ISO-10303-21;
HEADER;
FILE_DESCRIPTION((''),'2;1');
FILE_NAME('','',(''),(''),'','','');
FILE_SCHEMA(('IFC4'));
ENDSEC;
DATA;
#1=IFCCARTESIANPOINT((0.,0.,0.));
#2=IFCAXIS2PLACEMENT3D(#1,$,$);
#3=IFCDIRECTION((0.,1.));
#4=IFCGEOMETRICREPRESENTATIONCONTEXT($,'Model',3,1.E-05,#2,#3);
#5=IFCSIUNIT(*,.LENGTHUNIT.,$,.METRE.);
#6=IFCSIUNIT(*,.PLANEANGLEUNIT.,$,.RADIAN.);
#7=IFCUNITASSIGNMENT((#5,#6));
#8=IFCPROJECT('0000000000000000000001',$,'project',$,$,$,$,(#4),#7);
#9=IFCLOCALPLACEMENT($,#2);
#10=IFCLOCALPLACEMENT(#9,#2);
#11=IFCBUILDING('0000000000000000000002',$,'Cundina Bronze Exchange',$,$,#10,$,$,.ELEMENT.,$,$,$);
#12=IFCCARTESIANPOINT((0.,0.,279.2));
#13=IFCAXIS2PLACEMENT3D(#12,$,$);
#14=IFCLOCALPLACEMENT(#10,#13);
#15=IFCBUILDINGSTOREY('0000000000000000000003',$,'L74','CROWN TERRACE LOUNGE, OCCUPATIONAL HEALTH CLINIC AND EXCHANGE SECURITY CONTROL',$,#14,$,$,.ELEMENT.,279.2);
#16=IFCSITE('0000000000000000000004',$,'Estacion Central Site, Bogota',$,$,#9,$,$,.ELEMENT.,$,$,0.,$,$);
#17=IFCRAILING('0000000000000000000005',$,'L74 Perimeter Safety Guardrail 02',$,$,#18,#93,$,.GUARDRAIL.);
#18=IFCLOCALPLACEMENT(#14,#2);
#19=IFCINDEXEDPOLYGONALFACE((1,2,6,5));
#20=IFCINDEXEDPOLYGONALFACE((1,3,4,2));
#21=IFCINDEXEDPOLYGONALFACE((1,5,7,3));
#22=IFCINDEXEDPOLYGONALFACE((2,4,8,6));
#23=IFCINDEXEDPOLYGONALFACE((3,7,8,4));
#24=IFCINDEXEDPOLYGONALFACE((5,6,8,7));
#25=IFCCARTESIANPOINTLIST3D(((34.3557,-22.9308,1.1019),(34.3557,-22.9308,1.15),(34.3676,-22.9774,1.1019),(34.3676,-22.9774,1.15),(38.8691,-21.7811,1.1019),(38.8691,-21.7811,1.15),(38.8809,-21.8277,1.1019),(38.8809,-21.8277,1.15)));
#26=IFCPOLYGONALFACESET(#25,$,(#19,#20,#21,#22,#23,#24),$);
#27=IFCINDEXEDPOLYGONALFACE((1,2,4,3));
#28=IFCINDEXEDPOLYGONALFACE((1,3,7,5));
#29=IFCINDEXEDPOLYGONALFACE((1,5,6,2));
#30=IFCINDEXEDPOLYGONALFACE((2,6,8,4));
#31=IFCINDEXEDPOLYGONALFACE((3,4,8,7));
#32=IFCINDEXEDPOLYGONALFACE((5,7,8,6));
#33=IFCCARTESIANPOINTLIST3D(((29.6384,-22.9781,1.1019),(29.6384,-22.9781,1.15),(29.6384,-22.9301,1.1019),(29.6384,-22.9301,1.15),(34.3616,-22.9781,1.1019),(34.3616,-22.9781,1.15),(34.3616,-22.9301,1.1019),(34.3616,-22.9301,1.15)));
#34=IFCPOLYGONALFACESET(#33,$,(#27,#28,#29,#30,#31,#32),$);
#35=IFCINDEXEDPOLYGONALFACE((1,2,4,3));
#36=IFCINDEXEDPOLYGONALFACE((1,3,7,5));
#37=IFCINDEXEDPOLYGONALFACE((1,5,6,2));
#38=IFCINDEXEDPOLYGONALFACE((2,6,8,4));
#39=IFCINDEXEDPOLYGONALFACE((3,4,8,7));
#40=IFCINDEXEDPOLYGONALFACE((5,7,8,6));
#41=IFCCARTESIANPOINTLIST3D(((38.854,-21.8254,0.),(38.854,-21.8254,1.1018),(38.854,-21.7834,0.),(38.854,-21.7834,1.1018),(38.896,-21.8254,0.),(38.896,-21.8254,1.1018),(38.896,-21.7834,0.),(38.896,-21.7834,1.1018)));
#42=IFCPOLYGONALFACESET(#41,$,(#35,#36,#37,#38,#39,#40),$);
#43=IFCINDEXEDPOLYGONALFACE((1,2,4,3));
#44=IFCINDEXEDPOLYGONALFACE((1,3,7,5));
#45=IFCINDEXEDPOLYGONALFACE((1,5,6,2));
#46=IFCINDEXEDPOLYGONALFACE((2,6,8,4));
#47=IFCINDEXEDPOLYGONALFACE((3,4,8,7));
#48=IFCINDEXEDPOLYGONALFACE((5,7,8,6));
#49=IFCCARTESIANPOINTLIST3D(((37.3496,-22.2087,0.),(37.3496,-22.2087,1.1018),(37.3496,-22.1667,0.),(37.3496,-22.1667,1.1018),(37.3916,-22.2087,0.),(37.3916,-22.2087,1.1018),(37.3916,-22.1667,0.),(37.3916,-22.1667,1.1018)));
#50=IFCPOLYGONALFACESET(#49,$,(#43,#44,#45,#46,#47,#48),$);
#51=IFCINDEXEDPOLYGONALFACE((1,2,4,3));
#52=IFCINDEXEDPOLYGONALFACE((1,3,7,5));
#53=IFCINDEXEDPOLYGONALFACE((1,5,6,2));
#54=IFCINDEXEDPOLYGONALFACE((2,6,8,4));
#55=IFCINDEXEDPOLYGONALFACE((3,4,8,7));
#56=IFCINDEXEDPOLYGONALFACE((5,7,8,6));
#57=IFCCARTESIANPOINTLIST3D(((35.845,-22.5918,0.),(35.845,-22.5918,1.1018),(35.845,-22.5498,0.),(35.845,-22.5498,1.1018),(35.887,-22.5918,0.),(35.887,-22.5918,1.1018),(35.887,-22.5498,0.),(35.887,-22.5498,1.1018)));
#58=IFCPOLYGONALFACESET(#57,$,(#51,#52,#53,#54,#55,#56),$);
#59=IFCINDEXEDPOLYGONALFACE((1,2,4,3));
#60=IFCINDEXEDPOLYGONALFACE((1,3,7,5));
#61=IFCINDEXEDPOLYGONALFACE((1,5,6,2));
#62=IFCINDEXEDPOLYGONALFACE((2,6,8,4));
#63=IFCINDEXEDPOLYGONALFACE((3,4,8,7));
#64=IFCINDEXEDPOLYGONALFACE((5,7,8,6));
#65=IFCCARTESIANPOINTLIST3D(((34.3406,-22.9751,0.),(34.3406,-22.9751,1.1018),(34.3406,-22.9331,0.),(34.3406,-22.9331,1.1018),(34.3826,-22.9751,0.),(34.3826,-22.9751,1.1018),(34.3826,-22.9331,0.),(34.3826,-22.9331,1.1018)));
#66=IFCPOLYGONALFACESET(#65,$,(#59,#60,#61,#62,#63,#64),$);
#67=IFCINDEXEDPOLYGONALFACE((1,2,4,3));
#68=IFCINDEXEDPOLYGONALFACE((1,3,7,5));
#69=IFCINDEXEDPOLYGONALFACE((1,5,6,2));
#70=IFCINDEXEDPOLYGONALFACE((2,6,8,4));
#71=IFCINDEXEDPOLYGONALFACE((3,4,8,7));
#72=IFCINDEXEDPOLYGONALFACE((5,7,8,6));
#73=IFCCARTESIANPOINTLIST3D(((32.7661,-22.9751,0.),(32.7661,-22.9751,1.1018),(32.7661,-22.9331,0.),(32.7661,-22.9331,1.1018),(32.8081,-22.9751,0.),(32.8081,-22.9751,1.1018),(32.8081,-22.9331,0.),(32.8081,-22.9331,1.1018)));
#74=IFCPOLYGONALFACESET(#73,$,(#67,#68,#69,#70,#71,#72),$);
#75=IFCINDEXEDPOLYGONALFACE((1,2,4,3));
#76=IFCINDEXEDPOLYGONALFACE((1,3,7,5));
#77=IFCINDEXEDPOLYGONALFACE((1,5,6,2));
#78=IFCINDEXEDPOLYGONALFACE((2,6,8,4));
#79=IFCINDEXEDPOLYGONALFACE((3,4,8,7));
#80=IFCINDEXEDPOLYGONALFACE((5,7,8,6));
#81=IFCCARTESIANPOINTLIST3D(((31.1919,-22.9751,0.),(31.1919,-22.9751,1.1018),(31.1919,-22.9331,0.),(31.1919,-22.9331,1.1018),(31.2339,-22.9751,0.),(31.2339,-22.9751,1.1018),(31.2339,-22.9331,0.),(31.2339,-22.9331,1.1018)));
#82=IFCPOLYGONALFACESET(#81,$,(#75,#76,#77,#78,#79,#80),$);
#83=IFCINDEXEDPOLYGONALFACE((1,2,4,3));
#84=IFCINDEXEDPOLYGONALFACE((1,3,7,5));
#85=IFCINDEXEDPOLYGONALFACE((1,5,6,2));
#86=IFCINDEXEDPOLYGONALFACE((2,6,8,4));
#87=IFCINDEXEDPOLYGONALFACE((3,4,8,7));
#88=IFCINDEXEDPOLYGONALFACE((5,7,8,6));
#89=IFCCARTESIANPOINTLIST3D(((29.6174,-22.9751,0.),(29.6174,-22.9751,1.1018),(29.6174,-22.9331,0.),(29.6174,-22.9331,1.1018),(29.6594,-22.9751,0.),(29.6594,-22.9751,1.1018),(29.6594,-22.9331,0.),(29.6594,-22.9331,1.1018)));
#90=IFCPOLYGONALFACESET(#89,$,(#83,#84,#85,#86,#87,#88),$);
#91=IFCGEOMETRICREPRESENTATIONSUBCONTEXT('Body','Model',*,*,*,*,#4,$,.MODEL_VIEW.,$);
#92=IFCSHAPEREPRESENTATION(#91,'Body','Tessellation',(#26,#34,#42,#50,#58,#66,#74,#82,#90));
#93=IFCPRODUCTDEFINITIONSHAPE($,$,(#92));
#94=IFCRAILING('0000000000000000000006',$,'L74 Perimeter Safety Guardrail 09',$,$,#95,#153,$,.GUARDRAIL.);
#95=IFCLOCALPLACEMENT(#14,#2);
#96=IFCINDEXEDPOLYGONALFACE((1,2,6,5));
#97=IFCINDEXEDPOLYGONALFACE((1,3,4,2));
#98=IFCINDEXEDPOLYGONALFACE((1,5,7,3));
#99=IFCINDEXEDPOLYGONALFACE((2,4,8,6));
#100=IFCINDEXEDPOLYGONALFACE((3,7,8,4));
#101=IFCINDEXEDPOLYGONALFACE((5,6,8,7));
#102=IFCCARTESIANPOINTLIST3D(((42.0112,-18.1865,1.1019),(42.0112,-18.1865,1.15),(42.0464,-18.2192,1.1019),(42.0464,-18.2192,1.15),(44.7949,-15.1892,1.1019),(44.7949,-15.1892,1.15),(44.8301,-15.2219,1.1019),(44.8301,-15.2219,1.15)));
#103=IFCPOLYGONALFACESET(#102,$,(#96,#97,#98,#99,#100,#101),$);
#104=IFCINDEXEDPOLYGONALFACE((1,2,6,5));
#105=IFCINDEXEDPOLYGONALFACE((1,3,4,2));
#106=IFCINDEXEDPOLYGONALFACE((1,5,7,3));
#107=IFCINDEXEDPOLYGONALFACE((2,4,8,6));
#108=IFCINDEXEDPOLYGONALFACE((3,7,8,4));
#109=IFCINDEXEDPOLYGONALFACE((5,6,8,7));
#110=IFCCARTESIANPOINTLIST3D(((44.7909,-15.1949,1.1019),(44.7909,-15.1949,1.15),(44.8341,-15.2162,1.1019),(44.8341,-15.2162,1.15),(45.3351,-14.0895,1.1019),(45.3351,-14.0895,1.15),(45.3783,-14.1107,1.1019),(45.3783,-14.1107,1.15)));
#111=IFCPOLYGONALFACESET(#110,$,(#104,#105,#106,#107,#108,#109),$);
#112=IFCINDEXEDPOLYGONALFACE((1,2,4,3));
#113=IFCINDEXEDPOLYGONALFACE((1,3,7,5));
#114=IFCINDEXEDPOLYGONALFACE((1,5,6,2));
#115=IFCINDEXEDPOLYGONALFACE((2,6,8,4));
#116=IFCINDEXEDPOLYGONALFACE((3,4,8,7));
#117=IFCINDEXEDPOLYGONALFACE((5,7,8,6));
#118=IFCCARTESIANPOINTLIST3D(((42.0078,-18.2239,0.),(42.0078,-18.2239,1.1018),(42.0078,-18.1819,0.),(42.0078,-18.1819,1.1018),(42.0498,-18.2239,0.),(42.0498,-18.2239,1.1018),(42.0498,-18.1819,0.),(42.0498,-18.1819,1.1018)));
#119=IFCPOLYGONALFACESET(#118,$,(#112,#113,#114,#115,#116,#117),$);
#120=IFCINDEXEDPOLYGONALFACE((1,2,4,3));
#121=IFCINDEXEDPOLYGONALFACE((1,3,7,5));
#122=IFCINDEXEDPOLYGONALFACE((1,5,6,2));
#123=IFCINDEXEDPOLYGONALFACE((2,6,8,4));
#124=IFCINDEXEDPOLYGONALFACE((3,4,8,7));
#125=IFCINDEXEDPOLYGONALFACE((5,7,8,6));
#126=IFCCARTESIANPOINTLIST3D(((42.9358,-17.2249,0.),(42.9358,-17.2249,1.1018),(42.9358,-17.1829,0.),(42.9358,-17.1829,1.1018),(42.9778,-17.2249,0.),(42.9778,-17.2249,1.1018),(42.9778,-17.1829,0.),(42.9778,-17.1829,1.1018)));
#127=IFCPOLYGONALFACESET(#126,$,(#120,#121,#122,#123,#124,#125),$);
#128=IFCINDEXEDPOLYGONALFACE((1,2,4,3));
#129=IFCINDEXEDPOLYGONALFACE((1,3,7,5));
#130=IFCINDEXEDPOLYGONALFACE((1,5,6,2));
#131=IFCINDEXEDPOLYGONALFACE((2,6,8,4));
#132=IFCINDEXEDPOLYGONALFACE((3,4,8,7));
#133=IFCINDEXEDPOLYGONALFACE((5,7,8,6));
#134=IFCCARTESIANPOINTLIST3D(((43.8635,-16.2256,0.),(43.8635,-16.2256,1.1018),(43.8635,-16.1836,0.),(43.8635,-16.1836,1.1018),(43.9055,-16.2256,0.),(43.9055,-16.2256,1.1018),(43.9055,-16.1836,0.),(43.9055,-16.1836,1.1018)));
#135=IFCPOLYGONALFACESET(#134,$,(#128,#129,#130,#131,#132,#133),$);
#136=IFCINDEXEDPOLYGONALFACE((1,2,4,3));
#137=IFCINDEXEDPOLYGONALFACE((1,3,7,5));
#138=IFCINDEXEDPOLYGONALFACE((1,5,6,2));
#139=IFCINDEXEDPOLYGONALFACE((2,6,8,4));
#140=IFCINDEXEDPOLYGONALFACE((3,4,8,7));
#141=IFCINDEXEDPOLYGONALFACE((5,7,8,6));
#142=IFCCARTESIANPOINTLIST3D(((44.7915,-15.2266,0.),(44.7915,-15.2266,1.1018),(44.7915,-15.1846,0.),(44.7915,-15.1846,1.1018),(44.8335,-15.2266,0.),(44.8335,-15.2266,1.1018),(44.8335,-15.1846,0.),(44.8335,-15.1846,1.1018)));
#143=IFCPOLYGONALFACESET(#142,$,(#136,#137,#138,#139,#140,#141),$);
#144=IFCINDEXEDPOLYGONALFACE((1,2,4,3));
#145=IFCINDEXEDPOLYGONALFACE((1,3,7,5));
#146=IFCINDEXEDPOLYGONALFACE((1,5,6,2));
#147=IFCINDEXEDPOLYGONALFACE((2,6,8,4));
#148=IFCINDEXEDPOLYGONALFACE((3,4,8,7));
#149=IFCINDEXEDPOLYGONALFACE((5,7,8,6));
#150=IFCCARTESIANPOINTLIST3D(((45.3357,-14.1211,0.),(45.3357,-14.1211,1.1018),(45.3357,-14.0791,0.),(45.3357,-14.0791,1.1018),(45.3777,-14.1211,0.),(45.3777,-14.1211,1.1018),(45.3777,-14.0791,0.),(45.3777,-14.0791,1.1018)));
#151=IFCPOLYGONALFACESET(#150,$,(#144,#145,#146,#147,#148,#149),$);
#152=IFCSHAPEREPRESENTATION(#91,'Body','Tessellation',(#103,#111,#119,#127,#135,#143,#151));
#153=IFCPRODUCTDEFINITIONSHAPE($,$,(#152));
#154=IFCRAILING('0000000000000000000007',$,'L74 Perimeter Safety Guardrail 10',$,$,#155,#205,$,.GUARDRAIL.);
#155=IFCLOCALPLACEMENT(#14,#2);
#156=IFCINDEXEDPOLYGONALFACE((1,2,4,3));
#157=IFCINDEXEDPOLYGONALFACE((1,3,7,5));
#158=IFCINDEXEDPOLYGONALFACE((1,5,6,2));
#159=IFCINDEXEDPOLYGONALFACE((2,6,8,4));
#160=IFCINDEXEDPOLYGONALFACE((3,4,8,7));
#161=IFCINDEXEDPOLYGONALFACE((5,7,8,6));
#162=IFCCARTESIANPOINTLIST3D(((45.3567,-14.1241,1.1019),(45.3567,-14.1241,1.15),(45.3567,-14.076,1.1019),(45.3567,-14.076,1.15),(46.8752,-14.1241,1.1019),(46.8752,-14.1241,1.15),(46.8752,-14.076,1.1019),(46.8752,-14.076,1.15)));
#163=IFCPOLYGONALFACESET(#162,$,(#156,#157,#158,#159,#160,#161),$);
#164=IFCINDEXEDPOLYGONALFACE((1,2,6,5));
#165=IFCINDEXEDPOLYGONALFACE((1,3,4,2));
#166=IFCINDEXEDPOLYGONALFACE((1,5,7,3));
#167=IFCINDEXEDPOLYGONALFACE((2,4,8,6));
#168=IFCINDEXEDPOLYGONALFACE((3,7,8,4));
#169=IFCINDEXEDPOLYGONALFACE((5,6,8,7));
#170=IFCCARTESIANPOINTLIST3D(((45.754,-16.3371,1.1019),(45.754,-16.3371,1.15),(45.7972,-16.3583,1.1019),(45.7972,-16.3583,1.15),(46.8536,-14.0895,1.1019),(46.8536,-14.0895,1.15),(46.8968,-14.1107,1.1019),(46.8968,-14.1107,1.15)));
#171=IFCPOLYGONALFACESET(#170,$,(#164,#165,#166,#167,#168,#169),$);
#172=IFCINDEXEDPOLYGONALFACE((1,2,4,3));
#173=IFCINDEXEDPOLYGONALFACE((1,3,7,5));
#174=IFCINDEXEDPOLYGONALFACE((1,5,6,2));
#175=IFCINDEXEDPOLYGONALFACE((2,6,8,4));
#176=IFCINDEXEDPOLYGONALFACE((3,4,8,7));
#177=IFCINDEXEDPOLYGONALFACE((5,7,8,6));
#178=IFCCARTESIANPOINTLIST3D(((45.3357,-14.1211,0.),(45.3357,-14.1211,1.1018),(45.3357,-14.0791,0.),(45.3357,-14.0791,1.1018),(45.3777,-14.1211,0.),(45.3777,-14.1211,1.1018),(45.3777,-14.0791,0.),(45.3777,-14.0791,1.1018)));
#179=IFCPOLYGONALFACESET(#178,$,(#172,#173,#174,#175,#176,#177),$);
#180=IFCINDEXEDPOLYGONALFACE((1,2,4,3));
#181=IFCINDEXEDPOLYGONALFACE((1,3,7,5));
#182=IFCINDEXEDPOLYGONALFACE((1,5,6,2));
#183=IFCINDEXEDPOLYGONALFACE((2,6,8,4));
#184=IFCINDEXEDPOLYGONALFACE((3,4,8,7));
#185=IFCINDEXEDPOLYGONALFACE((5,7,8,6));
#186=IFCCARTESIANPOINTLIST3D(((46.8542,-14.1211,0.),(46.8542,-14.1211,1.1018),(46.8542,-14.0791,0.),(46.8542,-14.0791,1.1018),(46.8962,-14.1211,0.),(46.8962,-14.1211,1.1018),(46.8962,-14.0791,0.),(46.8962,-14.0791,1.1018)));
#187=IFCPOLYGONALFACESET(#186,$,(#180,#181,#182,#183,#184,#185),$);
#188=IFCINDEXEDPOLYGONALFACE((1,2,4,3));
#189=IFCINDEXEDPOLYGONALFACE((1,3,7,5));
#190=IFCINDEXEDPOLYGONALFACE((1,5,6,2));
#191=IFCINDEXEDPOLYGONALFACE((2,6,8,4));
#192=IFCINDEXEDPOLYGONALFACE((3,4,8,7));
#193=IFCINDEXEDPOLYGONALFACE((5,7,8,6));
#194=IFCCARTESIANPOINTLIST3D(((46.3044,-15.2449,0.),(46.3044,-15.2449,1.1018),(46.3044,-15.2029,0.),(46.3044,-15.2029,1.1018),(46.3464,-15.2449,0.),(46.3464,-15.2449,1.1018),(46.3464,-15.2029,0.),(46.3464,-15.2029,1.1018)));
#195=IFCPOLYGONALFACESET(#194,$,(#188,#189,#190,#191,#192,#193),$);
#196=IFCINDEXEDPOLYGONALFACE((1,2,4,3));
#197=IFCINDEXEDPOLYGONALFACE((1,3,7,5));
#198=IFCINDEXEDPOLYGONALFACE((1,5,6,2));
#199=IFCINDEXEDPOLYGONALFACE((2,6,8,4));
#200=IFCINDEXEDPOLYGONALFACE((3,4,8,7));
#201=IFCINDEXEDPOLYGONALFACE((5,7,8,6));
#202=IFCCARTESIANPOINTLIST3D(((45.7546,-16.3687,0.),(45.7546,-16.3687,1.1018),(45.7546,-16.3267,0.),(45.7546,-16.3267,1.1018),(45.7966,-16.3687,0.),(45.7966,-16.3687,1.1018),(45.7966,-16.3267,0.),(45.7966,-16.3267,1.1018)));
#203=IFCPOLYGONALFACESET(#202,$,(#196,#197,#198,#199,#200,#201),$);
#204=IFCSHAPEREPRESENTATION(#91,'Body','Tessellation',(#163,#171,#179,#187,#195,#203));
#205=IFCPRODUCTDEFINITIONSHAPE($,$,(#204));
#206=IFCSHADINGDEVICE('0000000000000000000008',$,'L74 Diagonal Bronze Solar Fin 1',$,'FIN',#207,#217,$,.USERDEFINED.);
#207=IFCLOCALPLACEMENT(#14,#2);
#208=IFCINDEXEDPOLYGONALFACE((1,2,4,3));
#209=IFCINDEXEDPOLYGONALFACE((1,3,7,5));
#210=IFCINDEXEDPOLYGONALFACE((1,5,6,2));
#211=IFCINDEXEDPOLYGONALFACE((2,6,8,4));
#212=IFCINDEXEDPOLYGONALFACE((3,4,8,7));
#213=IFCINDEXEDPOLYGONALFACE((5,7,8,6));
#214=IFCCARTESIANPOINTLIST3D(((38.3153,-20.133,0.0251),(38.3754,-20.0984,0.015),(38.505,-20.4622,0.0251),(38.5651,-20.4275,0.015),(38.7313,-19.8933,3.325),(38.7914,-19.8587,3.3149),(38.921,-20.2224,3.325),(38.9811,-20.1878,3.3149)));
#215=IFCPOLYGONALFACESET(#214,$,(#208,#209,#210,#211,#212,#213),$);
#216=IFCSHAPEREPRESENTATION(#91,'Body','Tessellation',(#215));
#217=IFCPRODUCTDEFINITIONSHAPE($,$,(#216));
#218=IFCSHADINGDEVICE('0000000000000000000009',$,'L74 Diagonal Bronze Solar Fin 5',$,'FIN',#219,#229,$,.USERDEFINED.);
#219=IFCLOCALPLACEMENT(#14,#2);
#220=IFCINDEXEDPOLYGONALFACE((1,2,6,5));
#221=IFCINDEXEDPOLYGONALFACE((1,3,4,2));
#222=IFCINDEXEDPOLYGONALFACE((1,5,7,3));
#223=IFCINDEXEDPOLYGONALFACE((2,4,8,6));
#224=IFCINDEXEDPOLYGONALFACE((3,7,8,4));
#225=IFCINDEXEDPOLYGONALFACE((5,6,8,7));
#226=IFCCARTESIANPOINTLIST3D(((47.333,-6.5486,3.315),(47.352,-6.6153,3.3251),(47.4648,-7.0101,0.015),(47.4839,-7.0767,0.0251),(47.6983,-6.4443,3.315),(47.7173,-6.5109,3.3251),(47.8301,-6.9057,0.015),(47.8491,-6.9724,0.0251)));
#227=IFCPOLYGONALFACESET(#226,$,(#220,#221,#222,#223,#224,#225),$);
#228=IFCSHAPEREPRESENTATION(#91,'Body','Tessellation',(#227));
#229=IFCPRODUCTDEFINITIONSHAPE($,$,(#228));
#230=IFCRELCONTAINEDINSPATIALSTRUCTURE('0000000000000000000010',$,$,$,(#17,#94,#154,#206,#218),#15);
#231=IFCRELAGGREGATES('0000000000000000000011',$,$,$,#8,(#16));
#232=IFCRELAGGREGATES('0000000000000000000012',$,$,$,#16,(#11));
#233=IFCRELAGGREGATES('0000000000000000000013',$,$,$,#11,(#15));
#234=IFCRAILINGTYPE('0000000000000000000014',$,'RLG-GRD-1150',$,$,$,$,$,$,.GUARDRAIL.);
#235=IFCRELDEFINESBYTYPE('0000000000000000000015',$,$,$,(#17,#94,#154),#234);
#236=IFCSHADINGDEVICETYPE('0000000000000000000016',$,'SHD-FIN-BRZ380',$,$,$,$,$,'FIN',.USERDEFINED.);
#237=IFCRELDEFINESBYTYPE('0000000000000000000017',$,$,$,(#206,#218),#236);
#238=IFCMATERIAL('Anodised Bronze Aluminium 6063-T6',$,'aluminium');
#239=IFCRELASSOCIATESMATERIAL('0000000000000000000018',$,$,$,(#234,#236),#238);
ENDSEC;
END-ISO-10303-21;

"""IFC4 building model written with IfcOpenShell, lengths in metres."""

from ifc_helpers import new_model, si_unit, direction, frame, origin, origin_2d, place, context, subcontext, project, spatial, rectangle, extrude, material, material_profile, profile_set, type_object, element, save


model = new_model("IFC4")

# Units and contexts
model_context = context("Model", 3, precision=1e-05, world=origin(), true_north=direction((0.0, 1.0)))
body_context = subcontext(model_context, "Body", "Model", "MODEL_VIEW")
ifc_project = project(units=[si_unit("LENGTHUNIT", "METRE"), si_unit("PLANEANGLEUNIT", "RADIAN")], contexts=[model_context])

# Site, building, storey
site_placement = place(None, origin())
site = spatial("IfcSite", under=ifc_project, at=site_placement, Name="Estacion Central Site, Bogota", CompositionType="ELEMENT", RefElevation=0.0)
building_placement = place(site_placement, origin())
building = spatial("IfcBuilding", under=site, at=building_placement, Name="Cundina Bronze Exchange", CompositionType="ELEMENT")
storey_placement = place(building_placement, frame((0.0, 0.0, 279.2)))
storey = spatial("IfcBuildingStorey", under=building, at=storey_placement, Name="L74", Description="CROWN TERRACE LOUNGE, OCCUPATIONAL HEALTH CLINIC AND EXCHANGE SECURITY CONTROL", CompositionType="ELEMENT", Elevation=279.2)

# Shared definitions
ifc_material_1 = material(Name="Anodised Bronze Aluminium 6063-T6", Category="aluminium")

# Railings
railing_type = type_object("IfcRailingType", Name="RLG-GRD-1150", PredefinedType="GUARDRAIL", material=ifc_material_1)
railing_1_placement = place(storey_placement, frame((38.875, -21.8044, 0.0)))
element("IfcRailing", 1, at=railing_1_placement, inside=storey, type_object=railing_type, Name="L74 Perimeter Safety Guardrail 02", PredefinedType="GUARDRAIL", context=body_context, shape_type="SweptSolid", body=[
    extrude(rectangle(XDim=0.0481, YDim=0.0481, at=origin_2d()), frame((0.0, 0.0, 1.126), z_axis=(-0.969057, -0.246838, 0.0), x_axis=(0.246838, -0.969057, 0.0)), (0.0, 0.0, 1.0), 4.6575),
    extrude(rectangle(XDim=0.0481, YDim=0.0481, at=origin_2d()), frame((-4.5134, -1.1497, 1.126), z_axis=(-1.0, 0.0, 0.0), x_axis=(0.0, -1.0, 0.0)), (0.0, 0.0, 1.0), 4.7231),
    extrude(rectangle(XDim=0.042, YDim=0.042, at=origin_2d()), origin(), (0.0, 0.0, 1.0), 1.1018),
    extrude(rectangle(XDim=0.042, YDim=0.042, at=origin_2d()), frame((-1.5044, -0.3833, 0.0)), (0.0, 0.0, 1.0), 1.1018),
    extrude(rectangle(XDim=0.042, YDim=0.042, at=origin_2d()), frame((-3.009, -0.7664, 0.0)), (0.0, 0.0, 1.0), 1.1018),
    extrude(rectangle(XDim=0.042, YDim=0.042, at=origin_2d()), frame((-4.5134, -1.1497, 0.0)), (0.0, 0.0, 1.0), 1.1018),
    extrude(rectangle(XDim=0.042, YDim=0.042, at=origin_2d()), frame((-6.0879, -1.1497, 0.0)), (0.0, 0.0, 1.0), 1.1018),
    extrude(rectangle(XDim=0.042, YDim=0.042, at=origin_2d()), frame((-7.6621, -1.1497, 0.0)), (0.0, 0.0, 1.0), 1.1018),
    extrude(rectangle(XDim=0.042, YDim=0.042, at=origin_2d()), frame((-9.2366, -1.1497, 0.0)), (0.0, 0.0, 1.0), 1.1018),
])
railing_2_placement = place(storey_placement, frame((42.0288, -18.2029, 0.0)))
element("IfcRailing", 2, at=railing_2_placement, inside=storey, type_object=railing_type, Name="L74 Perimeter Safety Guardrail 09", PredefinedType="GUARDRAIL", context=body_context, shape_type="SweptSolid", body=[
    extrude(rectangle(XDim=0.0481, YDim=0.0481, at=origin_2d()), frame((0.0, 0.0, 1.126), z_axis=(0.680513, 0.732736, 0.0), x_axis=(-0.732736, 0.680513, 0.0)), (0.0, 0.0, 1.0), 4.0906),
    extrude(rectangle(XDim=0.0481, YDim=0.0481, at=origin_2d()), frame((2.7837, 2.9973, 1.126), z_axis=(0.441657, 0.897184, 0.0), x_axis=(-0.897184, 0.441657, 0.0)), (0.0, 0.0, 1.0), 1.2322),
    extrude(rectangle(XDim=0.042, YDim=0.042, at=origin_2d()), origin(), (0.0, 0.0, 1.0), 1.1018),
    extrude(rectangle(XDim=0.042, YDim=0.042, at=origin_2d()), frame((0.928, 0.999, 0.0)), (0.0, 0.0, 1.0), 1.1018),
    extrude(rectangle(XDim=0.042, YDim=0.042, at=origin_2d()), frame((1.8557, 1.9983, 0.0)), (0.0, 0.0, 1.0), 1.1018),
    extrude(rectangle(XDim=0.042, YDim=0.042, at=origin_2d()), frame((2.7837, 2.9973, 0.0)), (0.0, 0.0, 1.0), 1.1018),
    extrude(rectangle(XDim=0.042, YDim=0.042, at=origin_2d()), frame((3.3279, 4.1028, 0.0)), (0.0, 0.0, 1.0), 1.1018),
])
railing_3_placement = place(storey_placement, frame((45.3567, -14.1001, 0.0)))
element("IfcRailing", 3, at=railing_3_placement, inside=storey, type_object=railing_type, Name="L74 Perimeter Safety Guardrail 10", PredefinedType="GUARDRAIL", context=body_context, shape_type="SweptSolid", body=[
    extrude(rectangle(XDim=0.0481, YDim=0.0481, at=origin_2d()), frame((0.0, 0.0, 1.126), z_axis=(1.0, 0.0, 0.0), x_axis=(0.0, 1.0, 0.0)), (0.0, 0.0, 1.0), 1.5186),
    extrude(rectangle(XDim=0.0481, YDim=0.0481, at=origin_2d()), frame((1.5186, 0.0, 1.126), z_axis=(-0.439469, -0.898258, 0.0), x_axis=(0.898258, -0.439469, 0.0)), (0.0, 0.0, 1.0), 2.5022),
    extrude(rectangle(XDim=0.042, YDim=0.042, at=origin_2d()), origin(), (0.0, 0.0, 1.0), 1.1018),
    extrude(rectangle(XDim=0.042, YDim=0.042, at=origin_2d()), frame((1.5186, 0.0, 0.0)), (0.0, 0.0, 1.0), 1.1018),
    extrude(rectangle(XDim=0.042, YDim=0.042, at=origin_2d()), frame((0.9688, -1.1238, 0.0)), (0.0, 0.0, 1.0), 1.1018),
    extrude(rectangle(XDim=0.042, YDim=0.042, at=origin_2d()), frame((0.4189, -2.2476, 0.0)), (0.0, 0.0, 1.0), 1.1018),
])

# Shading devices
ifc_material_profile_1 = material_profile(ifc_material_1, rectangle(XDim=0.0701, YDim=0.3799, at=origin_2d()), Name="FIN70X380", Category="aluminium")
ifc_profile_set_1 = profile_set([ifc_material_profile_1], Name="Anodised Bronze Aluminium 6063-T6")
shading_device_type = type_object("IfcShadingDeviceType", Name="SHD-FIN-BRZ380", ElementType="FIN", PredefinedType="USERDEFINED", material=ifc_profile_set_1)
for number, where, z_axis, x_axis, name in (
    (4, (38.4402, -20.2803, 0.02), (0.12475, 0.071892, 0.98958), (-0.857395, -0.494109, 0.143983), "L74 Diagonal Bronze Solar Fin 1"),
    (5, (47.657, -6.9912, 0.02), (-0.039534, 0.138369, 0.989591), (0.271862, -0.951516, 0.143905), "L74 Diagonal Bronze Solar Fin 5"),
):
    element("IfcShadingDevice", number, at=place(storey_placement, frame(where, z_axis=z_axis, x_axis=x_axis)), inside=storey, type_object=shading_device_type, Name=name, ObjectType="FIN", PredefinedType="USERDEFINED", context=body_context, shape_type="SweptSolid", body=[
        extrude(rectangle(XDim=0.0701, YDim=0.3799, at=origin_2d()), origin(), (0.0, 0.0, 1.0), 3.3347),
    ])

save(model, "model.ifc")
